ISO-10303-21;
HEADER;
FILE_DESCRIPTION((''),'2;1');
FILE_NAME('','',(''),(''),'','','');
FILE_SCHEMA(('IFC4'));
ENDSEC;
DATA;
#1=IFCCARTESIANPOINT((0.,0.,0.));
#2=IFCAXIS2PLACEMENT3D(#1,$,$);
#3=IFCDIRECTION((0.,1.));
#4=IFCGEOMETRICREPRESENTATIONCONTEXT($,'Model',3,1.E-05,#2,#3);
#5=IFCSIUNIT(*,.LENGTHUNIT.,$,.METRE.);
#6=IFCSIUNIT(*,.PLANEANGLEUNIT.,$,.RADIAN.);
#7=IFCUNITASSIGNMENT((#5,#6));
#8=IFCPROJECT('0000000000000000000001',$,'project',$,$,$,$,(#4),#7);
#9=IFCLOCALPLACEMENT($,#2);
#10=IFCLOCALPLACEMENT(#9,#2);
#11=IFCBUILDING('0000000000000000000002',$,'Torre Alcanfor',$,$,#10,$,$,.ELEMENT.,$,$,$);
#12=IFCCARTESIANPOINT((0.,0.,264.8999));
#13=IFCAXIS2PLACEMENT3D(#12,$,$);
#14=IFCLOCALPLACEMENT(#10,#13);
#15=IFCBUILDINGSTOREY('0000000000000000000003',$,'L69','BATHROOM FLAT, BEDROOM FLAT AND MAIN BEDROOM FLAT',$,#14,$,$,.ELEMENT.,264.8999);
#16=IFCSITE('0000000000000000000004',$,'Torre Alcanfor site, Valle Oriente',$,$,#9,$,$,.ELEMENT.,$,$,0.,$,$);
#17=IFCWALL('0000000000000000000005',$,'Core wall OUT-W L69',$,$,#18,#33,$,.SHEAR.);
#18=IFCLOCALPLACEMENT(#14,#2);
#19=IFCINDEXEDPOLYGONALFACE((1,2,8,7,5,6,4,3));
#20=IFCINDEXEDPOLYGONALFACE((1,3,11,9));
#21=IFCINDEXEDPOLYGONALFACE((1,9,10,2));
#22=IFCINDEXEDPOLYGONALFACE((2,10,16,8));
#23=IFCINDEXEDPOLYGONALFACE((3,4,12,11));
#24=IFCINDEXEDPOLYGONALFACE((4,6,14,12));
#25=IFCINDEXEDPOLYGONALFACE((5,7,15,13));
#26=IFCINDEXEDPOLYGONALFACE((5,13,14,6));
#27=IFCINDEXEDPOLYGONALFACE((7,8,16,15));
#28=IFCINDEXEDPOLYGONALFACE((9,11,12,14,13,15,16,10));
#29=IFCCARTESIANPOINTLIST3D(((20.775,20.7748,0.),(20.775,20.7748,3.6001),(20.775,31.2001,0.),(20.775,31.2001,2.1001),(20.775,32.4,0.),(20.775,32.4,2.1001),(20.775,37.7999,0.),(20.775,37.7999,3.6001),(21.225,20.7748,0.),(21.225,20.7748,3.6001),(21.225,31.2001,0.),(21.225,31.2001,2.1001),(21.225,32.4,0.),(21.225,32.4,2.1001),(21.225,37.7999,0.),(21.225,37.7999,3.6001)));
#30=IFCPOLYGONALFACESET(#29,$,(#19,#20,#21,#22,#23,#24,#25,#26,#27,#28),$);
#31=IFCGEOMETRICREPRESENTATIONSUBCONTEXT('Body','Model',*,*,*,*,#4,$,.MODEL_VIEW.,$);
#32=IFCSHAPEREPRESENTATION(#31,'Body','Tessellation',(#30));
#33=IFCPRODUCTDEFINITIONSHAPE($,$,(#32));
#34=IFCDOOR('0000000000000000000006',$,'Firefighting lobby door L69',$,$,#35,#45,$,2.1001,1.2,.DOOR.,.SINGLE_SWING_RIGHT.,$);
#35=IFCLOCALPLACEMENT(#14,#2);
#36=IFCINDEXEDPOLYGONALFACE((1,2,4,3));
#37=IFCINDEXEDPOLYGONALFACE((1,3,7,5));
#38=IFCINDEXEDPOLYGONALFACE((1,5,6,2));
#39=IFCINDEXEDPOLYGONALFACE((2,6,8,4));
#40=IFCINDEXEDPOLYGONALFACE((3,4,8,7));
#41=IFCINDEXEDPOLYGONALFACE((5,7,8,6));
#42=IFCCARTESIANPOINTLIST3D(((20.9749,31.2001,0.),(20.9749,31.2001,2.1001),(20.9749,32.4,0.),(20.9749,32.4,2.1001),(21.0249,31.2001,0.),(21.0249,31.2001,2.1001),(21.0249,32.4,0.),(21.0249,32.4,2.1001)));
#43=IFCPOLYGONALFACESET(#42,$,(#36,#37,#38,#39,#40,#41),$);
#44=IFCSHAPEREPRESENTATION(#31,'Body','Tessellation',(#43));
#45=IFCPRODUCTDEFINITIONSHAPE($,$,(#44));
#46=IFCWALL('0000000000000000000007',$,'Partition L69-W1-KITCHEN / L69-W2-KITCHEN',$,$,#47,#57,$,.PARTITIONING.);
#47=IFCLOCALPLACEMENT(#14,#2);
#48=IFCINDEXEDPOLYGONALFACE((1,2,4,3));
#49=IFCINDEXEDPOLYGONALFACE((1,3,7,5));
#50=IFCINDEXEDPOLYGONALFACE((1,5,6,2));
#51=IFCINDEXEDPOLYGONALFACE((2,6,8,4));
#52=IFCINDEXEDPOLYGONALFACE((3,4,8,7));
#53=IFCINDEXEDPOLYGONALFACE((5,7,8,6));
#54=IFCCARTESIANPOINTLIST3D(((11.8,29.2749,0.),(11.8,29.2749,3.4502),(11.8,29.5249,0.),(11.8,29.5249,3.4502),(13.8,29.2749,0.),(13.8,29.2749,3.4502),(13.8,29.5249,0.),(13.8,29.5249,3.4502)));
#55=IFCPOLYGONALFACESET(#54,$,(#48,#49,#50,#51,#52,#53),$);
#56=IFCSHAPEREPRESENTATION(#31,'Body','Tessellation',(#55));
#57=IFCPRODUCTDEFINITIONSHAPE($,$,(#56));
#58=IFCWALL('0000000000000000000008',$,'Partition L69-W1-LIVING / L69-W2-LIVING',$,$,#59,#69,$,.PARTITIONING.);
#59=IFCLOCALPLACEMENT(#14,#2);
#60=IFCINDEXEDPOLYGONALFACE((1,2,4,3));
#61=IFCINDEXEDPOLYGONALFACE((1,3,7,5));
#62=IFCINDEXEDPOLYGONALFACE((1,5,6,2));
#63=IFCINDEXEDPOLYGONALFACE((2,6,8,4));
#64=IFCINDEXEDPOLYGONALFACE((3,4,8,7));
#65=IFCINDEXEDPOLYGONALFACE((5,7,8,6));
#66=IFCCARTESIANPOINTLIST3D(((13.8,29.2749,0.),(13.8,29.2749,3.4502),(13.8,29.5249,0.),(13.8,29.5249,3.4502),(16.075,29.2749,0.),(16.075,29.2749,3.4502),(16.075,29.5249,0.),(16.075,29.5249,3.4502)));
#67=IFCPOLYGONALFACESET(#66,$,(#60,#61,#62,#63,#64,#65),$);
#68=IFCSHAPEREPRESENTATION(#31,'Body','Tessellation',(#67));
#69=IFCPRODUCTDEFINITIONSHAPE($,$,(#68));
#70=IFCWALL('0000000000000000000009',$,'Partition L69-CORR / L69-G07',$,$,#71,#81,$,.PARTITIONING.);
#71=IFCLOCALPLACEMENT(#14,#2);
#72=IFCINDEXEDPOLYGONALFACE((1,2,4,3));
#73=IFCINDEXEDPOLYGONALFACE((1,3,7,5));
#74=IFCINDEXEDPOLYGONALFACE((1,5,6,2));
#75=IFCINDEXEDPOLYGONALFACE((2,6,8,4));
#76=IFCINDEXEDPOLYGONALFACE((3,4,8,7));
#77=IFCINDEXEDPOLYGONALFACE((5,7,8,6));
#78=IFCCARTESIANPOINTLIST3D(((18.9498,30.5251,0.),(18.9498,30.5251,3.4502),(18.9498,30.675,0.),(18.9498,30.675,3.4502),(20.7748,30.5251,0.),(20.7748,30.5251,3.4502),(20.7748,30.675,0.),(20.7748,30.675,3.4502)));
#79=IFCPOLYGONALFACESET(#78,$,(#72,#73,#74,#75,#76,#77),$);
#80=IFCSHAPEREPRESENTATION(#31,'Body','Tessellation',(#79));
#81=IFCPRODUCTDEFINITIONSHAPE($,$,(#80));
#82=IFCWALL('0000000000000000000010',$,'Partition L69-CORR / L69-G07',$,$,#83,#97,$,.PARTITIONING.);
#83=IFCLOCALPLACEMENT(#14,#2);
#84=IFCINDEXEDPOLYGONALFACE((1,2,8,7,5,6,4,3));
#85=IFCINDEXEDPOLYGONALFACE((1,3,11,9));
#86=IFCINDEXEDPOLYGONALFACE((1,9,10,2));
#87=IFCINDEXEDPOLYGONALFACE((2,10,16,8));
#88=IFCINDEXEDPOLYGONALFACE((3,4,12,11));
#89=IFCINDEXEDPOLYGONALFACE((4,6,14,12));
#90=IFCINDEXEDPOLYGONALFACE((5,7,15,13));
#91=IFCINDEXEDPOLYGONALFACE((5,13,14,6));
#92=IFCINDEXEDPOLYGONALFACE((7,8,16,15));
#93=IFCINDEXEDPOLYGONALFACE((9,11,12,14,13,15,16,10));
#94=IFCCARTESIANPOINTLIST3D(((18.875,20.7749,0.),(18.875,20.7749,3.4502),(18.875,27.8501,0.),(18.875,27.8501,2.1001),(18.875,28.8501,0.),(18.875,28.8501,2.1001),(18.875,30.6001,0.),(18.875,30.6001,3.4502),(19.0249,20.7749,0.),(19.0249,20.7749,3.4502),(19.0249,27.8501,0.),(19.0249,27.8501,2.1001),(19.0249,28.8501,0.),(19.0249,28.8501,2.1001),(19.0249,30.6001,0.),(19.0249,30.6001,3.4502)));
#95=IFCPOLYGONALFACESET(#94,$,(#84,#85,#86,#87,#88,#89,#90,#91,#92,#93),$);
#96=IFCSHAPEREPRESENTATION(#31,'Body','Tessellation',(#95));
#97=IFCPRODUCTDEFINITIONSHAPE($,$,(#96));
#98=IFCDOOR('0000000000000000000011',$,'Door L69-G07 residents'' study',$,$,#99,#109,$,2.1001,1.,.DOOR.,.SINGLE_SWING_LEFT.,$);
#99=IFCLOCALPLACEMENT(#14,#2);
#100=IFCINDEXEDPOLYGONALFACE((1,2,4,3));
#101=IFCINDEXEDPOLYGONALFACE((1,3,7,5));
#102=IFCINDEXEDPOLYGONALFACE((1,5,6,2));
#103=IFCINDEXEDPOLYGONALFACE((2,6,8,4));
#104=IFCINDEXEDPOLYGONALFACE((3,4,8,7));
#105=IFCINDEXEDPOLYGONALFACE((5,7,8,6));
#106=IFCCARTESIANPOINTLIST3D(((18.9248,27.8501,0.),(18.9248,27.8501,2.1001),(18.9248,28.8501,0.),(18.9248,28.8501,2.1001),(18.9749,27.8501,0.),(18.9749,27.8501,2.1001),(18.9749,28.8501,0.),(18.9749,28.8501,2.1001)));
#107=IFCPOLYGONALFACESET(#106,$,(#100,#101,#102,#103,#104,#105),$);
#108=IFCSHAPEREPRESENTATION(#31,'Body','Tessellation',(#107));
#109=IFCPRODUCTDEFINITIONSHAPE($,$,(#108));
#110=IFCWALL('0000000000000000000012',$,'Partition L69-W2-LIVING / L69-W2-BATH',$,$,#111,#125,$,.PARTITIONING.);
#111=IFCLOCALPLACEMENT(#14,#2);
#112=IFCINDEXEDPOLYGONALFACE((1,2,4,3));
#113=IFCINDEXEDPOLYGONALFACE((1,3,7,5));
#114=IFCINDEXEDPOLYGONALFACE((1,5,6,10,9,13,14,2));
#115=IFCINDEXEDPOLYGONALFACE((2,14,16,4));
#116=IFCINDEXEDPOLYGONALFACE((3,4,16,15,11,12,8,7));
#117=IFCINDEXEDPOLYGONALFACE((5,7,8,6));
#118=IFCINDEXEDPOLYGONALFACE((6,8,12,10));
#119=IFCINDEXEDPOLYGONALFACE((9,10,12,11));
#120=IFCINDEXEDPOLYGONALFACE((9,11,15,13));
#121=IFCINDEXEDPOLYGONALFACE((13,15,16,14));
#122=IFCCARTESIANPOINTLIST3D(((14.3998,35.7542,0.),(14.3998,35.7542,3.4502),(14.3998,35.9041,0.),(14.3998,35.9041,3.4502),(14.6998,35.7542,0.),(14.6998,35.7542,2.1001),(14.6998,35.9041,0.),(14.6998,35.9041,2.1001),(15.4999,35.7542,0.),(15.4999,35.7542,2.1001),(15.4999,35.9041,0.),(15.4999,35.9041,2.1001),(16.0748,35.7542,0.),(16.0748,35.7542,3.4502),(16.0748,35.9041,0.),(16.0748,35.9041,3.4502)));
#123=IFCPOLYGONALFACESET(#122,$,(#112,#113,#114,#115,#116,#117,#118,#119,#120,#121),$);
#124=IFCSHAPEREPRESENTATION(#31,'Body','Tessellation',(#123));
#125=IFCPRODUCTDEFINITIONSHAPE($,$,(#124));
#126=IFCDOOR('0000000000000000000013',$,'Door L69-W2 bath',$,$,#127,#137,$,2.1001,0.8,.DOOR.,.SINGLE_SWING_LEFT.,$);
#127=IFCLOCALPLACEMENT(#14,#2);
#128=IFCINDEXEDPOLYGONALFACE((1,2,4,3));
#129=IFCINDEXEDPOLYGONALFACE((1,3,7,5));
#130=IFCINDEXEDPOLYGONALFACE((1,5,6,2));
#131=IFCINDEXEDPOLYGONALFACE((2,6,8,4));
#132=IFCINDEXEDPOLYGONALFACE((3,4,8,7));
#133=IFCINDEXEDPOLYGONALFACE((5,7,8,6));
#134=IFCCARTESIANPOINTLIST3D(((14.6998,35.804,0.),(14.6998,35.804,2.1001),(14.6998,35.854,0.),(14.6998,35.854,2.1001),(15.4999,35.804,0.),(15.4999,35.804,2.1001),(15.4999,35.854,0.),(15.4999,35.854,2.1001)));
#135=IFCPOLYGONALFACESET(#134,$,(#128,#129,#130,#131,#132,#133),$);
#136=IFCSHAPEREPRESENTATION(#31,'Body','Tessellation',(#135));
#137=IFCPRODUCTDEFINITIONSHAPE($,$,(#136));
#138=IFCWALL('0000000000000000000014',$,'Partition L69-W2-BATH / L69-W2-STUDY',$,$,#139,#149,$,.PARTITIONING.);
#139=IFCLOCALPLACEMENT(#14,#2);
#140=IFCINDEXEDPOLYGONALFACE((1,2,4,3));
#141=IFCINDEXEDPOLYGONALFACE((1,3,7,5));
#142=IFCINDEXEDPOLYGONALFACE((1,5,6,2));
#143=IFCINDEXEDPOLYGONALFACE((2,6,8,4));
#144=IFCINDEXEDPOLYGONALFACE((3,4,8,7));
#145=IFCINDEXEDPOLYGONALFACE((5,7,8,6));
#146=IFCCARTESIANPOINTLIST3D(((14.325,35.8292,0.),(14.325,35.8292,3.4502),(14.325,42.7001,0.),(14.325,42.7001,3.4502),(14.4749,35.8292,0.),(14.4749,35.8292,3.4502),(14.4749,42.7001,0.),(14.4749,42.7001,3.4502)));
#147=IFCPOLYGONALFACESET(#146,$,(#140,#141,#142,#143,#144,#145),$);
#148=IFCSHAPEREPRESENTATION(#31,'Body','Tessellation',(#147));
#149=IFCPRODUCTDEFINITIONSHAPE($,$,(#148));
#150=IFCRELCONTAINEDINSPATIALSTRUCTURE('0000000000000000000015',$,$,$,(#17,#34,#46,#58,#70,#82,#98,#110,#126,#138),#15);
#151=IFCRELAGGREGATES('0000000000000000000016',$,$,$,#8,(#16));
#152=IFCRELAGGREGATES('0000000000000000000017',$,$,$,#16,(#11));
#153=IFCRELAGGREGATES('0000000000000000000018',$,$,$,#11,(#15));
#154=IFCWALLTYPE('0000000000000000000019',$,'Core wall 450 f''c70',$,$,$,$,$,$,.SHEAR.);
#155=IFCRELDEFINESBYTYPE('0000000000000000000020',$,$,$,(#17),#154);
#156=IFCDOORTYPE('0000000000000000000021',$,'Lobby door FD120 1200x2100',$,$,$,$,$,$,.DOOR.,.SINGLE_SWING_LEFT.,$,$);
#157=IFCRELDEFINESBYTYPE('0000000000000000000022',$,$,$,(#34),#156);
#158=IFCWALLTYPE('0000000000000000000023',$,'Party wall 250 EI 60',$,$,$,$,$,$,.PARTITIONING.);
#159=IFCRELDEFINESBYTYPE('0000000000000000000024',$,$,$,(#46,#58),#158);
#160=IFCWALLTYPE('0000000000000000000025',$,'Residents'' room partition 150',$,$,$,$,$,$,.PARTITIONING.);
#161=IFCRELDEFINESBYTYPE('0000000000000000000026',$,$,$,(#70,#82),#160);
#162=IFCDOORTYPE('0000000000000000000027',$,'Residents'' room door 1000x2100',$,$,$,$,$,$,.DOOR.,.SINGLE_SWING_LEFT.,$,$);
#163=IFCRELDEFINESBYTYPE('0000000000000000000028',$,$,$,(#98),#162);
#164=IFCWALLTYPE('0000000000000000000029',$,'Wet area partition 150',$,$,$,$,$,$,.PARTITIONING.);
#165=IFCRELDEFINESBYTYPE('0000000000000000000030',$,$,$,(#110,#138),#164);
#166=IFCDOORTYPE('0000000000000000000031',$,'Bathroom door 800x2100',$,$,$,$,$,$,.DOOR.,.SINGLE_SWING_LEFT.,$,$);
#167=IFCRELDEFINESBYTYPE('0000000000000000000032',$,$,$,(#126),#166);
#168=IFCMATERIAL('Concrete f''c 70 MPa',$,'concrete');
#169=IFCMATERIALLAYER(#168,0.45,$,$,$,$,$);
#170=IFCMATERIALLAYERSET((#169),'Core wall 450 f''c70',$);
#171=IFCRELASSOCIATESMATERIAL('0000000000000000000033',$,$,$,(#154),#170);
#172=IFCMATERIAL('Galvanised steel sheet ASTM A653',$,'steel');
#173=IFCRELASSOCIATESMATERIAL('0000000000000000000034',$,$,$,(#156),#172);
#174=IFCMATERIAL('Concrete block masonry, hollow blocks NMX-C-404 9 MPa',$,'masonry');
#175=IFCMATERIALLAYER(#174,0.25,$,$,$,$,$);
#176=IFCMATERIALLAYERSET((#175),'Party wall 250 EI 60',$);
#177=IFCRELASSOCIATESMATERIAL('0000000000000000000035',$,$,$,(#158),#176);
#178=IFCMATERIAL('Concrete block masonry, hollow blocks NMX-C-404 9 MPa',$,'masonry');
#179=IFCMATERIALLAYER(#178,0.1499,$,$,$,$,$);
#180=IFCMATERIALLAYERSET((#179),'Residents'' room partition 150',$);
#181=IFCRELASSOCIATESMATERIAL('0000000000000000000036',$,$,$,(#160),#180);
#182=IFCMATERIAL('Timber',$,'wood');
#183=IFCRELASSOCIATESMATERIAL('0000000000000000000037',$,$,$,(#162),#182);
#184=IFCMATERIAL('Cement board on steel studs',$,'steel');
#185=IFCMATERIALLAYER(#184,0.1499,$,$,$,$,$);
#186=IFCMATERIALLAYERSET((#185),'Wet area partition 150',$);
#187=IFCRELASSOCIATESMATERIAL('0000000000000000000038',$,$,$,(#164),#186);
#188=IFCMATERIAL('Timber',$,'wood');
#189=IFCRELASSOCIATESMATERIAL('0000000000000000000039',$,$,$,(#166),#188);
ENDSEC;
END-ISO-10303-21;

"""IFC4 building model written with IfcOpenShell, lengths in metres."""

from ifc_helpers import new_model, si_unit, direction, frame, frame_2d, origin, place, context, subcontext, project, spatial, rectangle, extrude, material, layer, layer_set, type_object, element, fill, save


model = new_model("IFC4")

# Units and contexts
model_context = context("Model", 3, precision=1e-05, world=origin(), true_north=direction((0.0, 1.0)))
body_context = subcontext(model_context, "Body", "Model", "MODEL_VIEW")
ifc_project = project(units=[si_unit("LENGTHUNIT", "METRE"), si_unit("PLANEANGLEUNIT", "RADIAN")], contexts=[model_context])

# Site, building, storey
site_placement = place(None, origin())
site = spatial("IfcSite", under=ifc_project, at=site_placement, Name="Torre Alcanfor site, Valle Oriente", CompositionType="ELEMENT", RefElevation=0.0)
building_placement = place(site_placement, origin())
building = spatial("IfcBuilding", under=site, at=building_placement, Name="Torre Alcanfor", CompositionType="ELEMENT")
storey_placement = place(building_placement, frame((0.0, 0.0, 264.8999)))
storey = spatial("IfcBuildingStorey", under=building, at=storey_placement, Name="L69", Description="BATHROOM FLAT, BEDROOM FLAT AND MAIN BEDROOM FLAT", CompositionType="ELEMENT", Elevation=264.8999)

# Wall, opening, door
ifc_material_1 = material(Name="Concrete f'c 70 MPa", Category="concrete")
ifc_layer_1 = layer(ifc_material_1, 0.45)
ifc_layer_set_1 = layer_set([ifc_layer_1], Name="Core wall 450 f'c70")
wall_type_1 = type_object("IfcWallType", Name="Core wall 450 f'c70", PredefinedType="SHEAR", material=ifc_layer_set_1)
wall_1_placement = place(storey_placement, frame((21.0, 37.8, 0.0), z_axis=(0.0, 0.0, 1.0), x_axis=(0.0, -1.0, 0.0)))
wall_1 = element("IfcWall", 1, at=wall_1_placement, inside=storey, type_object=wall_type_1, Name="Core wall OUT-W L69", PredefinedType="SHEAR", context=body_context, shape_type="SweptSolid", body=[
    extrude(rectangle(XDim=17.0251, YDim=0.45, at=frame_2d((8.5127, 0.0))), origin(), (0.0, 0.0, 1.0), 3.6001),
])
opening_1_placement = place(wall_1_placement, frame((5.3999, 0.0, 0.0)))
opening_1 = element("IfcOpeningElement", 2, at=opening_1_placement, cuts=wall_1, PredefinedType="OPENING", context=body_context, shape_type="SweptSolid", body=[
    extrude(rectangle(XDim=1.2, YDim=2.1001, at=frame_2d((0.6001, 1.05))), frame((0.0, 0.2349, 0.0), z_axis=(0.0, -1.0, 0.0), x_axis=(1.0, 0.0, 0.0)), (0.0, 0.0, 1.0), 0.47),
])
ifc_material_2 = material(Name="Galvanised steel sheet ASTM A653", Category="steel")
door_type_1 = type_object("IfcDoorType", Name="Lobby door FD120 1200x2100", OperationType="SINGLE_SWING_LEFT", PredefinedType="DOOR", material=ifc_material_2)
door_1_placement = place(opening_1_placement, origin())
door_1 = element("IfcDoor", 3, at=door_1_placement, inside=storey, type_object=door_type_1, Name="Firefighting lobby door L69", OperationType="SINGLE_SWING_RIGHT", OverallHeight=2.1001, OverallWidth=1.2, PredefinedType="DOOR", context=body_context, shape_type="SweptSolid", body=[
    extrude(rectangle(XDim=1.2, YDim=2.1001, at=frame_2d((0.6001, 1.05))), frame((0.0, 0.0249, 0.0), z_axis=(0.0, -1.0, 0.0), x_axis=(1.0, 0.0, 0.0)), (0.0, 0.0, 1.0), 0.05),
])
fill(opening_1, door_1)

# Walls
ifc_material_3 = material(Name="Concrete block masonry, hollow blocks NMX-C-404 9 MPa", Category="masonry")
ifc_layer_2 = layer(ifc_material_3, 0.25)
ifc_layer_set_2 = layer_set([ifc_layer_2], Name="Party wall 250 EI 60")
wall_type_2 = type_object("IfcWallType", Name="Party wall 250 EI 60", PredefinedType="PARTITIONING", material=ifc_layer_set_2)
wall_2_placement = place(storey_placement, frame((13.8, 29.3999, 0.0), z_axis=(0.0, 0.0, 1.0), x_axis=(-1.0, 0.0, 0.0)))
element("IfcWall", 4, at=wall_2_placement, inside=storey, type_object=wall_type_2, Name="Partition L69-W1-KITCHEN / L69-W2-KITCHEN", PredefinedType="PARTITIONING", context=body_context, shape_type="SweptSolid", body=[
    extrude(rectangle(XDim=2.0, YDim=0.25, at=frame_2d((1.0, 0.0))), origin(), (0.0, 0.0, 1.0), 3.4502),
])
wall_3_placement = place(storey_placement, frame((13.8, 29.3999, 0.0), z_axis=(0.0, 0.0, 1.0), x_axis=(1.0, 0.0, 0.0)))
element("IfcWall", 5, at=wall_3_placement, inside=storey, type_object=wall_type_2, Name="Partition L69-W1-LIVING / L69-W2-LIVING", PredefinedType="PARTITIONING", context=body_context, shape_type="SweptSolid", body=[
    extrude(rectangle(XDim=2.2749, YDim=0.25, at=frame_2d((1.1375, 0.0))), origin(), (0.0, 0.0, 1.0), 3.4502),
])
ifc_material_4 = material(Name="Concrete block masonry, hollow blocks NMX-C-404 9 MPa", Category="masonry")
ifc_layer_3 = layer(ifc_material_4, 0.1499)
ifc_layer_set_3 = layer_set([ifc_layer_3], Name="Residents' room partition 150")
wall_type_3 = type_object("IfcWallType", Name="Residents' room partition 150", PredefinedType="PARTITIONING", material=ifc_layer_set_3)
wall_4_placement = place(storey_placement, frame((20.7749, 30.6001, 0.0), z_axis=(0.0, 0.0, 1.0), x_axis=(-1.0, 0.0, 0.0)))
element("IfcWall", 6, at=wall_4_placement, inside=storey, type_object=wall_type_3, Name="Partition L69-CORR / L69-G07", PredefinedType="PARTITIONING", context=body_context, shape_type="SweptSolid", body=[
    extrude(rectangle(XDim=1.825, YDim=0.1499, at=frame_2d((0.9126, 0.0))), origin(), (0.0, 0.0, 1.0), 3.4502),
])

# Walls, openings, doors
wall_5_placement = place(storey_placement, frame((18.95, 30.6001, 0.0), z_axis=(0.0, 0.0, 1.0), x_axis=(0.0, -1.0, 0.0)))
wall_5 = element("IfcWall", 7, at=wall_5_placement, inside=storey, type_object=wall_type_3, Name="Partition L69-CORR / L69-G07", PredefinedType="PARTITIONING", context=body_context, shape_type="SweptSolid", body=[
    extrude(rectangle(XDim=9.8252, YDim=0.1499, at=frame_2d((4.9126, 0.0))), origin(), (0.0, 0.0, 1.0), 3.4502),
])
opening_2_placement = place(wall_5_placement, frame((1.75, 0.0, 0.0)))
opening_2 = element("IfcOpeningElement", 8, at=opening_2_placement, cuts=wall_5, PredefinedType="OPENING", context=body_context, shape_type="SweptSolid", body=[
    extrude(rectangle(XDim=1.0, YDim=2.1001, at=frame_2d((0.5, 1.05))), frame((0.0, 0.085, 0.0), z_axis=(0.0, -1.0, 0.0), x_axis=(1.0, 0.0, 0.0)), (0.0, 0.0, 1.0), 0.1699),
])
ifc_material_5 = material(Name="Timber", Category="wood")
door_type_2 = type_object("IfcDoorType", Name="Residents' room door 1000x2100", OperationType="SINGLE_SWING_LEFT", PredefinedType="DOOR", material=ifc_material_5)
door_2_placement = place(opening_2_placement, origin())
door_2 = element("IfcDoor", 9, at=door_2_placement, inside=storey, type_object=door_type_2, Name="Door L69-G07 residents' study", OperationType="SINGLE_SWING_LEFT", OverallHeight=2.1001, OverallWidth=1.0, PredefinedType="DOOR", context=body_context, shape_type="SweptSolid", body=[
    extrude(rectangle(XDim=1.0, YDim=2.1001, at=frame_2d((0.5, 1.05))), frame((0.0, 0.0249, 0.0), z_axis=(0.0, -1.0, 0.0), x_axis=(1.0, 0.0, 0.0)), (0.0, 0.0, 1.0), 0.05),
])
fill(opening_2, door_2)
ifc_material_6 = material(Name="Cement board on steel studs", Category="steel")
ifc_layer_4 = layer(ifc_material_6, 0.1499)
ifc_layer_set_4 = layer_set([ifc_layer_4], Name="Wet area partition 150")
wall_type_4 = type_object("IfcWallType", Name="Wet area partition 150", PredefinedType="PARTITIONING", material=ifc_layer_set_4)
wall_6_placement = place(storey_placement, frame((14.3999, 35.8291, 0.0), z_axis=(0.0, 0.0, 1.0), x_axis=(1.0, 0.0, 0.0)))
wall_6 = element("IfcWall", 10, at=wall_6_placement, inside=storey, type_object=wall_type_4, Name="Partition L69-W2-LIVING / L69-W2-BATH", PredefinedType="PARTITIONING", context=body_context, shape_type="SweptSolid", body=[
    extrude(rectangle(XDim=1.675, YDim=0.1499, at=frame_2d((0.8374, 0.0))), origin(), (0.0, 0.0, 1.0), 3.4502),
])
opening_3_placement = place(wall_6_placement, frame((0.3, 0.0, 0.0)))
opening_3 = element("IfcOpeningElement", 11, at=opening_3_placement, cuts=wall_6, PredefinedType="OPENING", context=body_context, shape_type="SweptSolid", body=[
    extrude(rectangle(XDim=0.8, YDim=2.1001, at=frame_2d((0.3999, 1.05))), frame((0.0, 0.085, 0.0), z_axis=(0.0, -1.0, 0.0), x_axis=(1.0, 0.0, 0.0)), (0.0, 0.0, 1.0), 0.1699),
])
ifc_material_7 = material(Name="Timber", Category="wood")
door_type_3 = type_object("IfcDoorType", Name="Bathroom door 800x2100", OperationType="SINGLE_SWING_LEFT", PredefinedType="DOOR", material=ifc_material_7)
door_3_placement = place(opening_3_placement, origin())
door_3 = element("IfcDoor", 12, at=door_3_placement, inside=storey, type_object=door_type_3, Name="Door L69-W2 bath", OperationType="SINGLE_SWING_LEFT", OverallHeight=2.1001, OverallWidth=0.8, PredefinedType="DOOR", context=body_context, shape_type="SweptSolid", body=[
    extrude(rectangle(XDim=0.8, YDim=2.1001, at=frame_2d((0.3999, 1.05))), frame((0.0, 0.0249, 0.0), z_axis=(0.0, -1.0, 0.0), x_axis=(1.0, 0.0, 0.0)), (0.0, 0.0, 1.0), 0.05),
])
fill(opening_3, door_3)

# Wall
wall_7_placement = place(storey_placement, frame((14.3999, 35.8291, 0.0), z_axis=(0.0, 0.0, 1.0), x_axis=(0.0, 1.0, 0.0)))
element("IfcWall", 13, at=wall_7_placement, inside=storey, type_object=wall_type_4, Name="Partition L69-W2-BATH / L69-W2-STUDY", PredefinedType="PARTITIONING", context=body_context, shape_type="SweptSolid", body=[
    extrude(rectangle(XDim=6.8708, YDim=0.1499, at=frame_2d((3.4355, 0.0))), origin(), (0.0, 0.0, 1.0), 3.4502),
])

save(model, "model.ifc")
